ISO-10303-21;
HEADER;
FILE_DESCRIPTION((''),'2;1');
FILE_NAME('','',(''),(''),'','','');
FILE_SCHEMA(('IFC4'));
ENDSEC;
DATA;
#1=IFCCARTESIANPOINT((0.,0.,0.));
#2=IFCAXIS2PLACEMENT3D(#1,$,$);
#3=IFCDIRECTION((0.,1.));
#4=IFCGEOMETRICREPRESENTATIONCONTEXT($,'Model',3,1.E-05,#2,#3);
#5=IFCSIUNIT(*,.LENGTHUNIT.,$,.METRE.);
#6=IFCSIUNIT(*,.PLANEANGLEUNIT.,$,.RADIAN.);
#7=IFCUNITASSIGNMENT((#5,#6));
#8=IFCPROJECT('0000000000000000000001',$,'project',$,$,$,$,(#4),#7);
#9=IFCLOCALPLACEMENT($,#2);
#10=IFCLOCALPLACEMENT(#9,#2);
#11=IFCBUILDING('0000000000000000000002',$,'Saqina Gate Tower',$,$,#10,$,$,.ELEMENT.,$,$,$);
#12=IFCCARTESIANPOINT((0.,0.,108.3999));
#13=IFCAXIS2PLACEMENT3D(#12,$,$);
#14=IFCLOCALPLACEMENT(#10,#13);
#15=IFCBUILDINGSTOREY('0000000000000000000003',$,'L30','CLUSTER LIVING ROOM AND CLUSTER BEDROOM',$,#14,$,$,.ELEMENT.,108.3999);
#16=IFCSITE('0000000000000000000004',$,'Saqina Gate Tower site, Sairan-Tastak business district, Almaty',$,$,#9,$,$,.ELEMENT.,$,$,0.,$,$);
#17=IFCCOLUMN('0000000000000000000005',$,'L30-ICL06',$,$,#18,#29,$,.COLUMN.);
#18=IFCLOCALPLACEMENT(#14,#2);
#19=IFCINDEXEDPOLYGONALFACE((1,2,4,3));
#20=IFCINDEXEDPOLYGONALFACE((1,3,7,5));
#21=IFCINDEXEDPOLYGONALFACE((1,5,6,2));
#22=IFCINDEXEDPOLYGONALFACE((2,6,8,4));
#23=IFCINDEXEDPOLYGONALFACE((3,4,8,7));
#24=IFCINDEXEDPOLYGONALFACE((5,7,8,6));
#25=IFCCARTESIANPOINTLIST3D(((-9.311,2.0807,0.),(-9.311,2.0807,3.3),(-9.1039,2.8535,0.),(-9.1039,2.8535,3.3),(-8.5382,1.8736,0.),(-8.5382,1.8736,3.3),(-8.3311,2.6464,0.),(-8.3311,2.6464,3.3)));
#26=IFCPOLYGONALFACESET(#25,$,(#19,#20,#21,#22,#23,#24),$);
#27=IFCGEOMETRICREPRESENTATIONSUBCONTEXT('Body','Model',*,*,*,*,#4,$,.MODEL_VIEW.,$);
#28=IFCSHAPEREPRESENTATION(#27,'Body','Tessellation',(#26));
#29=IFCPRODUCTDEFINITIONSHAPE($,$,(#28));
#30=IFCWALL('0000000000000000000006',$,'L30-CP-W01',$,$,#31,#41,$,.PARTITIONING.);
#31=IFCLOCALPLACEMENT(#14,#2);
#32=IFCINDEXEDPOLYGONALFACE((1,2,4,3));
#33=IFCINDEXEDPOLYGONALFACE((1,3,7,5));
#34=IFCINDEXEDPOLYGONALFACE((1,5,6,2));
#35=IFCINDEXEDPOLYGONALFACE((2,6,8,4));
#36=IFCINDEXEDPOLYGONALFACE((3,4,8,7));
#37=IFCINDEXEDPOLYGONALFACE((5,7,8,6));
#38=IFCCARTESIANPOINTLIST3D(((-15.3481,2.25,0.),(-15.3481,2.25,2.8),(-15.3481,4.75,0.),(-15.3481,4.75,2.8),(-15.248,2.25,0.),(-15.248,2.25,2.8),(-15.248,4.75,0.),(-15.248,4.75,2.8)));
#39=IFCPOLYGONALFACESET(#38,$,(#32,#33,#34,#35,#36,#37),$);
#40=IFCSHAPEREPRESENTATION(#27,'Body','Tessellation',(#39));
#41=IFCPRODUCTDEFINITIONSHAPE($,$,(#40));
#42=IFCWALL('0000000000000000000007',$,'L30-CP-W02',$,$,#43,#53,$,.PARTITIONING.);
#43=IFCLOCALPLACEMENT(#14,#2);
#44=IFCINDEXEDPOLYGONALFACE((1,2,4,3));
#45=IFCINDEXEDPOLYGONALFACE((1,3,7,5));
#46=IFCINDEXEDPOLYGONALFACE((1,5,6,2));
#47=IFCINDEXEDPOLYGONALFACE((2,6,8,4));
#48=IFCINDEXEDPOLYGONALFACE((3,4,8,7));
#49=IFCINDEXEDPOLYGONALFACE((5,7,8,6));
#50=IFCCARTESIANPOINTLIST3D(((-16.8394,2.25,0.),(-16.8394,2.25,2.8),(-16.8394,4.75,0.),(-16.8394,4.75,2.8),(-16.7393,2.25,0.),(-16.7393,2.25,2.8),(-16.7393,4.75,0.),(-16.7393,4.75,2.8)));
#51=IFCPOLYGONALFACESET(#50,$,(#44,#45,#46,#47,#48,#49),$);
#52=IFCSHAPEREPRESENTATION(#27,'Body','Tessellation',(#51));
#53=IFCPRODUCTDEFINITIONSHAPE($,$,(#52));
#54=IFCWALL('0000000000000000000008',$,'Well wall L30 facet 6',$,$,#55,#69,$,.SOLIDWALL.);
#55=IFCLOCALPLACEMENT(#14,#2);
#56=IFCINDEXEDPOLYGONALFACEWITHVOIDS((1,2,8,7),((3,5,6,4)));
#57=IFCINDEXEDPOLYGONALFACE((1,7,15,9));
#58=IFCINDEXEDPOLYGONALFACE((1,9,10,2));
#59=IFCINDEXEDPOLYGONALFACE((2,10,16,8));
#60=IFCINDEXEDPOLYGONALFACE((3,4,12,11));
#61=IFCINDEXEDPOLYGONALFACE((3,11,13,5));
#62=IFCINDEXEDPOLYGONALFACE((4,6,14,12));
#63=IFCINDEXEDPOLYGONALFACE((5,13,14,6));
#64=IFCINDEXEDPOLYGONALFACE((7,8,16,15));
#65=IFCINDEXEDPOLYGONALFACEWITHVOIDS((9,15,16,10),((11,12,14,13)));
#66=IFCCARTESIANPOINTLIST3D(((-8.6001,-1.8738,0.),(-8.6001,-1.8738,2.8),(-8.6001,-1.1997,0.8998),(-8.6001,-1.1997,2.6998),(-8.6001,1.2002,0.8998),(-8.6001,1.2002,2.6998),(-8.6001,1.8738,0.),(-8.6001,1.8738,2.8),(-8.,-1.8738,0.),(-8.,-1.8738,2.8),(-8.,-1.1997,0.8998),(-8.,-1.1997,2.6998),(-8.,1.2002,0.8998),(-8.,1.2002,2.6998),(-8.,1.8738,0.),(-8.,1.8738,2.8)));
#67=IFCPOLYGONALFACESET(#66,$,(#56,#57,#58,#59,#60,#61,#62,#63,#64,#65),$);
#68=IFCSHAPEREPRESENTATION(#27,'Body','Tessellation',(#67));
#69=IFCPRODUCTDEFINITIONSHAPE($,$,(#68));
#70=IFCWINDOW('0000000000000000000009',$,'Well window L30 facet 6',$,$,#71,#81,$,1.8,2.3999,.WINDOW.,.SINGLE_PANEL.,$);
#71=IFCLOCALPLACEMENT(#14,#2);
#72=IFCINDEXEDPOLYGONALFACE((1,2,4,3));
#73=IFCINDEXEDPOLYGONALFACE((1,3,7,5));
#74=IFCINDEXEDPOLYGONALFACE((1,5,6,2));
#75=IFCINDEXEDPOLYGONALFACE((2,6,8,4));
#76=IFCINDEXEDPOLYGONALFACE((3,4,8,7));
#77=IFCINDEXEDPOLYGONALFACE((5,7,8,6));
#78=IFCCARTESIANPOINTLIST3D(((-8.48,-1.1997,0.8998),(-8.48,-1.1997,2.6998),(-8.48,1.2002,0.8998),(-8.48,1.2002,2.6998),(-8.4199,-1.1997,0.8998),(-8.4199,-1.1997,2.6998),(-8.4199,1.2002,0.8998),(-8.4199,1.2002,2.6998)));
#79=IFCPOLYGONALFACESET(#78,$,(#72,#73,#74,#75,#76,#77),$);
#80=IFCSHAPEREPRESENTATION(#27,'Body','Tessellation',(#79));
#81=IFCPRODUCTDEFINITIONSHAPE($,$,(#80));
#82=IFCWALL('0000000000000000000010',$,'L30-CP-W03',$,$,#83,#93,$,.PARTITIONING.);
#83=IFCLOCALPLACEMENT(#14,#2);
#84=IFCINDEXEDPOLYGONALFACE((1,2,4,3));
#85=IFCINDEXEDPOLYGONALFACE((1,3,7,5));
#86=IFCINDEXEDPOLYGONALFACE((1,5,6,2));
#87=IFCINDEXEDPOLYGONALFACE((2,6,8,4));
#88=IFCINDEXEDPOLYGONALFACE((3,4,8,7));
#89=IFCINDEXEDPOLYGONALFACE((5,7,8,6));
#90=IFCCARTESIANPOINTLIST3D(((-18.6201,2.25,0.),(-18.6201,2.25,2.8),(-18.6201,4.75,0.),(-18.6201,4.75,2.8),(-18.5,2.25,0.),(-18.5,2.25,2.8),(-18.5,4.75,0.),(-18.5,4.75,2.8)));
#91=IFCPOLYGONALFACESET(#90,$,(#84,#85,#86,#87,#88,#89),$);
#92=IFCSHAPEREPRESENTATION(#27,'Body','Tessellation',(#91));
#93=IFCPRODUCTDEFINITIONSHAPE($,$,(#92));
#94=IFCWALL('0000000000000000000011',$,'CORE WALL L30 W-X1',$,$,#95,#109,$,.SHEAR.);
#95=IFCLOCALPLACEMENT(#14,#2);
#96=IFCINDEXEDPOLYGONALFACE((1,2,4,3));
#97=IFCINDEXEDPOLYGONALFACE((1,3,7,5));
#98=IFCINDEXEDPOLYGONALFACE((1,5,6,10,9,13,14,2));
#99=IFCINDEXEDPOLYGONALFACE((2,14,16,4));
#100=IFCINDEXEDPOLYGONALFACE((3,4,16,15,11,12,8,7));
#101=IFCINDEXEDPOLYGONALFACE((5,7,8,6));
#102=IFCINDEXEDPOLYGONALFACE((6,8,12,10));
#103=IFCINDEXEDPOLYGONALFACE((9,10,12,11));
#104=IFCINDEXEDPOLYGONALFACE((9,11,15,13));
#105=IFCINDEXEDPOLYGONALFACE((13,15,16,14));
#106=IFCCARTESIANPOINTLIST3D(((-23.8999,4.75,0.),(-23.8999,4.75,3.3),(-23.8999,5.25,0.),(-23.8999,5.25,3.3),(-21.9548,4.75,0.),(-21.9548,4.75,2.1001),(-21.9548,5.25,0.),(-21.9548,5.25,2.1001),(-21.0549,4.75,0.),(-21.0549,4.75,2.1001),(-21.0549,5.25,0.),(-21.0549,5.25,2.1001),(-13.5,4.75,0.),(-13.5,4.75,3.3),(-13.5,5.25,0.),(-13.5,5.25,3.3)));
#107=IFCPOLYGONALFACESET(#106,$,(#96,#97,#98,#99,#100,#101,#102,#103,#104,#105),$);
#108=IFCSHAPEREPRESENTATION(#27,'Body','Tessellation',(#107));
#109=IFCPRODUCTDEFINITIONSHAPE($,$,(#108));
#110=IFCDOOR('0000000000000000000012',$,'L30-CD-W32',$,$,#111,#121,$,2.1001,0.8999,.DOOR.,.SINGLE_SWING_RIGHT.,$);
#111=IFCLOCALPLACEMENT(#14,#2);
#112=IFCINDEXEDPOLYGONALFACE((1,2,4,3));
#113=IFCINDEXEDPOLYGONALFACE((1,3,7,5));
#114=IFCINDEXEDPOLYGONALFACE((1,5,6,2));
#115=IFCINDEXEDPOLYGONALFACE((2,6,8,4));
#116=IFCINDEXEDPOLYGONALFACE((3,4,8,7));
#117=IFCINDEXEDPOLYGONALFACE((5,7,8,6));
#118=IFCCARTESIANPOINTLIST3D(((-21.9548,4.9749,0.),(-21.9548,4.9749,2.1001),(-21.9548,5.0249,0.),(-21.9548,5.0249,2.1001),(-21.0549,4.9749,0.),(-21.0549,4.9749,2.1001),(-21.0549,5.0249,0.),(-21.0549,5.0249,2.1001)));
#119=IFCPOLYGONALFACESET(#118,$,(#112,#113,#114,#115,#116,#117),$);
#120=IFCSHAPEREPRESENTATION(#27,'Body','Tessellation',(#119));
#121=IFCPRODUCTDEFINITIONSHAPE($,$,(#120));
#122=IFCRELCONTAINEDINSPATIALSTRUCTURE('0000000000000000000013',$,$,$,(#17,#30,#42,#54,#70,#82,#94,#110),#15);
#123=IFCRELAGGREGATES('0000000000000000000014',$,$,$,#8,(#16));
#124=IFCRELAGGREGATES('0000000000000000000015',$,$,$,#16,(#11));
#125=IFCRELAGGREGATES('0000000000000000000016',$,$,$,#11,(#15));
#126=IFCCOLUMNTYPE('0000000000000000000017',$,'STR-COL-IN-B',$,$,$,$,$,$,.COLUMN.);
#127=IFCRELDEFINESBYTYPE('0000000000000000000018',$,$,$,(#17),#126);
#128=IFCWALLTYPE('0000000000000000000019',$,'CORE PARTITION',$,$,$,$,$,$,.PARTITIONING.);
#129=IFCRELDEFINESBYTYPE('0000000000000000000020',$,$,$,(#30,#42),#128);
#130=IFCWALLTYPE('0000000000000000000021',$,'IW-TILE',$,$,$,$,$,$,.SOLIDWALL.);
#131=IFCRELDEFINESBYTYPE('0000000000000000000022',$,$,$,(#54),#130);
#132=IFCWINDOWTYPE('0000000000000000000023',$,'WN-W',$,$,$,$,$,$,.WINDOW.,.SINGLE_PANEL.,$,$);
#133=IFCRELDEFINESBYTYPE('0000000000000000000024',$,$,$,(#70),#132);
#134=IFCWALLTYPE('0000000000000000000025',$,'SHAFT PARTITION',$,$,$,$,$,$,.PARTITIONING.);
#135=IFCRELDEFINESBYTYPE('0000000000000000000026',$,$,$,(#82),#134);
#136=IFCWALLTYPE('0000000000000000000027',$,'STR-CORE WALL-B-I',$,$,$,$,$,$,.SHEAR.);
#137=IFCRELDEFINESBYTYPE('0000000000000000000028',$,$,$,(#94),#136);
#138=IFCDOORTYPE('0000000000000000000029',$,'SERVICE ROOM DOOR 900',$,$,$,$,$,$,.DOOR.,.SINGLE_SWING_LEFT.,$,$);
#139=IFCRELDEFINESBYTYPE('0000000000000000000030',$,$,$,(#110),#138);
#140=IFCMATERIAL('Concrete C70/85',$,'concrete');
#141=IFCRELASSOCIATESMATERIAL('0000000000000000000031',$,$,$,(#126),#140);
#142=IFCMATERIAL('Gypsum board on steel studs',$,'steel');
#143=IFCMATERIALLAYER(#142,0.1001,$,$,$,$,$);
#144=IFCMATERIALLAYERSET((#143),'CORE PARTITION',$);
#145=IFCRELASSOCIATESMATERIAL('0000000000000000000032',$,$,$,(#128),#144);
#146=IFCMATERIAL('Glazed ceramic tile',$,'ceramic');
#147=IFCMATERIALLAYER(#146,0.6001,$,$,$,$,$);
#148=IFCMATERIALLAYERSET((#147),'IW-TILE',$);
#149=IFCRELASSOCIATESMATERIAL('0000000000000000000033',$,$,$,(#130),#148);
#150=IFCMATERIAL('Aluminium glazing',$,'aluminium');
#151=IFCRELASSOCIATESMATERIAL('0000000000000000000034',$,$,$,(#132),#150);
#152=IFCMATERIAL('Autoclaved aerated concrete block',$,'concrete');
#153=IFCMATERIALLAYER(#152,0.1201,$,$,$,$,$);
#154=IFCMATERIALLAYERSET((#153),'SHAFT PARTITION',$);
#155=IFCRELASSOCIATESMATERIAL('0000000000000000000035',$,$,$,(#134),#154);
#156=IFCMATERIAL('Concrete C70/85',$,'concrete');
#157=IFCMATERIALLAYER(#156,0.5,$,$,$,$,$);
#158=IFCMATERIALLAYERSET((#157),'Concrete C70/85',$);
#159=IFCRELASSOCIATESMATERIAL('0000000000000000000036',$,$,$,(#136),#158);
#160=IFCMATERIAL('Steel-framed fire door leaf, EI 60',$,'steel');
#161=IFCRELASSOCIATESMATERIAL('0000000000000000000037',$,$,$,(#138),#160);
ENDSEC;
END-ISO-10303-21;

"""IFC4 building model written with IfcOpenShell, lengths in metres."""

from ifc_helpers import new_model, si_unit, direction, frame, frame_2d, origin, origin_2d, place, context, subcontext, project, spatial, rectangle, extrude, material, layer, layer_set, material_profile, profile_set, type_object, element, fill, save


model = new_model("IFC4")

# Units and contexts
model_context = context("Model", 3, precision=1e-05, world=origin(), true_north=direction((0.0, 1.0)))
body_context = subcontext(model_context, "Body", "Model", "MODEL_VIEW")
ifc_project = project(units=[si_unit("LENGTHUNIT", "METRE"), si_unit("PLANEANGLEUNIT", "RADIAN")], contexts=[model_context])

# Site, building, storey
site_placement = place(None, origin())
site = spatial("IfcSite", under=ifc_project, at=site_placement, Name="Saqina Gate Tower site, Sairan-Tastak business district, Almaty", CompositionType="ELEMENT", RefElevation=0.0)
building_placement = place(site_placement, origin())
building = spatial("IfcBuilding", under=site, at=building_placement, Name="Saqina Gate Tower", CompositionType="ELEMENT")
storey_placement = place(building_placement, frame((0.0, 0.0, 108.3999)))
storey = spatial("IfcBuildingStorey", under=building, at=storey_placement, Name="L30", Description="CLUSTER LIVING ROOM AND CLUSTER BEDROOM", CompositionType="ELEMENT", Elevation=108.3999)

# Column
ifc_material_1 = material(Name="Concrete C70/85", Category="concrete")
ifc_material_profile = material_profile(ifc_material_1, rectangle(XDim=0.8, YDim=0.8, at=origin_2d()), Name="RC 800x800")
ifc_profile_set = profile_set([ifc_material_profile], Name="Concrete C70/85")
column_type = type_object("IfcColumnType", Name="STR-COL-IN-B", PredefinedType="COLUMN", material=ifc_profile_set)
column_placement = place(storey_placement, frame((-8.821, 2.3635, 0.0), z_axis=(0.0, 0.0, 1.0), x_axis=(-0.965926, 0.258819, 0.0)))
element("IfcColumn", 1, at=column_placement, inside=storey, type_object=column_type, Name="L30-ICL06", PredefinedType="COLUMN", context=body_context, shape_type="SweptSolid", body=[
    extrude(rectangle(XDim=0.8, YDim=0.8, at=origin_2d()), origin(), (0.0, 0.0, 1.0), 3.3),
])

# Walls
ifc_material_2 = material(Name="Gypsum board on steel studs", Category="steel")
ifc_layer_1 = layer(ifc_material_2, 0.1001)
ifc_layer_set_1 = layer_set([ifc_layer_1], Name="CORE PARTITION")
wall_type_1 = type_object("IfcWallType", Name="CORE PARTITION", PredefinedType="PARTITIONING", material=ifc_layer_set_1)
for number, where, z_axis, x_axis, name in (
    (2, (-15.2981, 2.25, 0.0), (0.0, 0.0, 1.0), (0.0, 1.0, 0.0), "L30-CP-W01"),
    (3, (-16.7893, 2.25, 0.0), (0.0, 0.0, 1.0), (0.0, 1.0, 0.0), "L30-CP-W02"),
):
    element("IfcWall", number, at=place(storey_placement, frame(where, z_axis=z_axis, x_axis=x_axis)), inside=storey, type_object=wall_type_1, Name=name, PredefinedType="PARTITIONING", context=body_context, shape_type="SweptSolid", body=[
        extrude(rectangle(XDim=2.5, YDim=0.1001, at=frame_2d((1.25, 0.0))), origin(), (0.0, 0.0, 1.0), 2.8),
    ])

# Wall, opening, window
ifc_material_3 = material(Name="Glazed ceramic tile", Category="ceramic")
ifc_layer_2 = layer(ifc_material_3, 0.6001)
ifc_layer_set_2 = layer_set([ifc_layer_2], Name="IW-TILE")
wall_type_2 = type_object("IfcWallType", Name="IW-TILE", PredefinedType="SOLIDWALL", material=ifc_layer_set_2)
wall_1_placement = place(storey_placement, frame((-8.3, 1.8738, 0.0), z_axis=(0.0, 0.0, 1.0), x_axis=(0.0, -1.0, 0.0)))
wall_1 = element("IfcWall", 4, at=wall_1_placement, inside=storey, type_object=wall_type_2, Name="Well wall L30 facet 6", PredefinedType="SOLIDWALL", context=body_context, shape_type="SweptSolid", body=[
    extrude(rectangle(XDim=3.7476, YDim=0.6001, at=frame_2d((1.8738, 0.0))), origin(), (0.0, 0.0, 1.0), 2.8),
])
opening_1_placement = place(wall_1_placement, frame((0.6736, 0.0, 0.8999)))
opening_1 = element("IfcOpeningElement", 5, at=opening_1_placement, cuts=wall_1, PredefinedType="OPENING", context=body_context, shape_type="SweptSolid", body=[
    extrude(rectangle(XDim=2.3999, YDim=1.8, at=frame_2d((1.2, 0.8999))), frame((0.0, 0.312, 0.0), z_axis=(0.0, -1.0, 0.0), x_axis=(1.0, 0.0, 0.0)), (0.0, 0.0, 1.0), 0.624),
])
ifc_material_4 = material(Name="Aluminium glazing", Category="aluminium")
window_type = type_object("IfcWindowType", Name="WN-W", PartitioningType="SINGLE_PANEL", PredefinedType="WINDOW", material=ifc_material_4)
window_placement = place(opening_1_placement, origin())
window = element("IfcWindow", 6, at=window_placement, inside=storey, type_object=window_type, Name="Well window L30 facet 6", OverallHeight=1.8, OverallWidth=2.3999, PartitioningType="SINGLE_PANEL", PredefinedType="WINDOW", context=body_context, shape_type="SweptSolid", body=[
    extrude(rectangle(XDim=2.3999, YDim=1.8, at=frame_2d((1.2, 0.8999))), frame((0.0, -0.1199, 0.0), z_axis=(0.0, -1.0, 0.0), x_axis=(1.0, 0.0, 0.0)), (0.0, 0.0, 1.0), 0.0601),
])
fill(opening_1, window)

# Wall
ifc_material_5 = material(Name="Autoclaved aerated concrete block", Category="concrete")
ifc_layer_3 = layer(ifc_material_5, 0.1201)
ifc_layer_set_3 = layer_set([ifc_layer_3], Name="SHAFT PARTITION")
wall_type_3 = type_object("IfcWallType", Name="SHAFT PARTITION", PredefinedType="PARTITIONING", material=ifc_layer_set_3)
wall_2_placement = place(storey_placement, frame((-18.5601, 2.25, 0.0), z_axis=(0.0, 0.0, 1.0), x_axis=(0.0, 1.0, 0.0)))
element("IfcWall", 7, at=wall_2_placement, inside=storey, type_object=wall_type_3, Name="L30-CP-W03", PredefinedType="PARTITIONING", context=body_context, shape_type="SweptSolid", body=[
    extrude(rectangle(XDim=2.5, YDim=0.1201, at=frame_2d((1.25, 0.0))), origin(), (0.0, 0.0, 1.0), 2.8),
])

# Wall, opening, door
ifc_material_6 = material(Name="Concrete C70/85", Category="concrete")
ifc_layer_4 = layer(ifc_material_6, 0.5)
ifc_layer_set_4 = layer_set([ifc_layer_4], Name="Concrete C70/85")
wall_type_4 = type_object("IfcWallType", Name="STR-CORE WALL-B-I", PredefinedType="SHEAR", material=ifc_layer_set_4)
wall_3_placement = place(storey_placement, frame((-13.5, 5.0, 0.0), z_axis=(0.0, 0.0, 1.0), x_axis=(-1.0, 0.0, 0.0)))
wall_3 = element("IfcWall", 8, at=wall_3_placement, inside=storey, type_object=wall_type_4, Name="CORE WALL L30 W-X1", PredefinedType="SHEAR", context=body_context, shape_type="SweptSolid", body=[
    extrude(rectangle(XDim=10.3999, YDim=0.5, at=frame_2d((5.2, 0.0))), origin(), (0.0, 0.0, 1.0), 3.3),
])
opening_2_placement = place(wall_3_placement, frame((7.5549, 0.0, 0.0)))
opening_2 = element("IfcOpeningElement", 9, at=opening_2_placement, cuts=wall_3, PredefinedType="OPENING", context=body_context, shape_type="SweptSolid", body=[
    extrude(rectangle(XDim=0.8999, YDim=2.1001, at=frame_2d((0.45, 1.05))), frame((0.0, 0.262, 0.0), z_axis=(0.0, -1.0, 0.0), x_axis=(1.0, 0.0, 0.0)), (0.0, 0.0, 1.0), 0.5239),
])
ifc_material_7 = material(Name="Steel-framed fire door leaf, EI 60", Category="steel")
door_type_1 = type_object("IfcDoorType", Name="SERVICE ROOM DOOR 900", OperationType="SINGLE_SWING_LEFT", PredefinedType="DOOR", material=ifc_material_7)
door_1_placement = place(opening_2_placement, frame((0.8999, 0.0, 0.0), z_axis=(0.0, 0.0, 1.0), x_axis=(-1.0, 0.0, 0.0)))
door_1 = element("IfcDoor", 10, at=door_1_placement, inside=storey, type_object=door_type_1, Name="L30-CD-W32", OperationType="SINGLE_SWING_RIGHT", OverallHeight=2.1001, OverallWidth=0.8999, PredefinedType="DOOR", context=body_context, shape_type="SweptSolid", body=[
    extrude(rectangle(XDim=0.8999, YDim=2.1001, at=frame_2d((0.45, 1.05))), frame((0.0, 0.0249, 0.0), z_axis=(0.0, -1.0, 0.0), x_axis=(1.0, 0.0, 0.0)), (0.0, 0.0, 1.0), 0.05),
])
fill(opening_2, door_1)

save(model, "model.ifc")
